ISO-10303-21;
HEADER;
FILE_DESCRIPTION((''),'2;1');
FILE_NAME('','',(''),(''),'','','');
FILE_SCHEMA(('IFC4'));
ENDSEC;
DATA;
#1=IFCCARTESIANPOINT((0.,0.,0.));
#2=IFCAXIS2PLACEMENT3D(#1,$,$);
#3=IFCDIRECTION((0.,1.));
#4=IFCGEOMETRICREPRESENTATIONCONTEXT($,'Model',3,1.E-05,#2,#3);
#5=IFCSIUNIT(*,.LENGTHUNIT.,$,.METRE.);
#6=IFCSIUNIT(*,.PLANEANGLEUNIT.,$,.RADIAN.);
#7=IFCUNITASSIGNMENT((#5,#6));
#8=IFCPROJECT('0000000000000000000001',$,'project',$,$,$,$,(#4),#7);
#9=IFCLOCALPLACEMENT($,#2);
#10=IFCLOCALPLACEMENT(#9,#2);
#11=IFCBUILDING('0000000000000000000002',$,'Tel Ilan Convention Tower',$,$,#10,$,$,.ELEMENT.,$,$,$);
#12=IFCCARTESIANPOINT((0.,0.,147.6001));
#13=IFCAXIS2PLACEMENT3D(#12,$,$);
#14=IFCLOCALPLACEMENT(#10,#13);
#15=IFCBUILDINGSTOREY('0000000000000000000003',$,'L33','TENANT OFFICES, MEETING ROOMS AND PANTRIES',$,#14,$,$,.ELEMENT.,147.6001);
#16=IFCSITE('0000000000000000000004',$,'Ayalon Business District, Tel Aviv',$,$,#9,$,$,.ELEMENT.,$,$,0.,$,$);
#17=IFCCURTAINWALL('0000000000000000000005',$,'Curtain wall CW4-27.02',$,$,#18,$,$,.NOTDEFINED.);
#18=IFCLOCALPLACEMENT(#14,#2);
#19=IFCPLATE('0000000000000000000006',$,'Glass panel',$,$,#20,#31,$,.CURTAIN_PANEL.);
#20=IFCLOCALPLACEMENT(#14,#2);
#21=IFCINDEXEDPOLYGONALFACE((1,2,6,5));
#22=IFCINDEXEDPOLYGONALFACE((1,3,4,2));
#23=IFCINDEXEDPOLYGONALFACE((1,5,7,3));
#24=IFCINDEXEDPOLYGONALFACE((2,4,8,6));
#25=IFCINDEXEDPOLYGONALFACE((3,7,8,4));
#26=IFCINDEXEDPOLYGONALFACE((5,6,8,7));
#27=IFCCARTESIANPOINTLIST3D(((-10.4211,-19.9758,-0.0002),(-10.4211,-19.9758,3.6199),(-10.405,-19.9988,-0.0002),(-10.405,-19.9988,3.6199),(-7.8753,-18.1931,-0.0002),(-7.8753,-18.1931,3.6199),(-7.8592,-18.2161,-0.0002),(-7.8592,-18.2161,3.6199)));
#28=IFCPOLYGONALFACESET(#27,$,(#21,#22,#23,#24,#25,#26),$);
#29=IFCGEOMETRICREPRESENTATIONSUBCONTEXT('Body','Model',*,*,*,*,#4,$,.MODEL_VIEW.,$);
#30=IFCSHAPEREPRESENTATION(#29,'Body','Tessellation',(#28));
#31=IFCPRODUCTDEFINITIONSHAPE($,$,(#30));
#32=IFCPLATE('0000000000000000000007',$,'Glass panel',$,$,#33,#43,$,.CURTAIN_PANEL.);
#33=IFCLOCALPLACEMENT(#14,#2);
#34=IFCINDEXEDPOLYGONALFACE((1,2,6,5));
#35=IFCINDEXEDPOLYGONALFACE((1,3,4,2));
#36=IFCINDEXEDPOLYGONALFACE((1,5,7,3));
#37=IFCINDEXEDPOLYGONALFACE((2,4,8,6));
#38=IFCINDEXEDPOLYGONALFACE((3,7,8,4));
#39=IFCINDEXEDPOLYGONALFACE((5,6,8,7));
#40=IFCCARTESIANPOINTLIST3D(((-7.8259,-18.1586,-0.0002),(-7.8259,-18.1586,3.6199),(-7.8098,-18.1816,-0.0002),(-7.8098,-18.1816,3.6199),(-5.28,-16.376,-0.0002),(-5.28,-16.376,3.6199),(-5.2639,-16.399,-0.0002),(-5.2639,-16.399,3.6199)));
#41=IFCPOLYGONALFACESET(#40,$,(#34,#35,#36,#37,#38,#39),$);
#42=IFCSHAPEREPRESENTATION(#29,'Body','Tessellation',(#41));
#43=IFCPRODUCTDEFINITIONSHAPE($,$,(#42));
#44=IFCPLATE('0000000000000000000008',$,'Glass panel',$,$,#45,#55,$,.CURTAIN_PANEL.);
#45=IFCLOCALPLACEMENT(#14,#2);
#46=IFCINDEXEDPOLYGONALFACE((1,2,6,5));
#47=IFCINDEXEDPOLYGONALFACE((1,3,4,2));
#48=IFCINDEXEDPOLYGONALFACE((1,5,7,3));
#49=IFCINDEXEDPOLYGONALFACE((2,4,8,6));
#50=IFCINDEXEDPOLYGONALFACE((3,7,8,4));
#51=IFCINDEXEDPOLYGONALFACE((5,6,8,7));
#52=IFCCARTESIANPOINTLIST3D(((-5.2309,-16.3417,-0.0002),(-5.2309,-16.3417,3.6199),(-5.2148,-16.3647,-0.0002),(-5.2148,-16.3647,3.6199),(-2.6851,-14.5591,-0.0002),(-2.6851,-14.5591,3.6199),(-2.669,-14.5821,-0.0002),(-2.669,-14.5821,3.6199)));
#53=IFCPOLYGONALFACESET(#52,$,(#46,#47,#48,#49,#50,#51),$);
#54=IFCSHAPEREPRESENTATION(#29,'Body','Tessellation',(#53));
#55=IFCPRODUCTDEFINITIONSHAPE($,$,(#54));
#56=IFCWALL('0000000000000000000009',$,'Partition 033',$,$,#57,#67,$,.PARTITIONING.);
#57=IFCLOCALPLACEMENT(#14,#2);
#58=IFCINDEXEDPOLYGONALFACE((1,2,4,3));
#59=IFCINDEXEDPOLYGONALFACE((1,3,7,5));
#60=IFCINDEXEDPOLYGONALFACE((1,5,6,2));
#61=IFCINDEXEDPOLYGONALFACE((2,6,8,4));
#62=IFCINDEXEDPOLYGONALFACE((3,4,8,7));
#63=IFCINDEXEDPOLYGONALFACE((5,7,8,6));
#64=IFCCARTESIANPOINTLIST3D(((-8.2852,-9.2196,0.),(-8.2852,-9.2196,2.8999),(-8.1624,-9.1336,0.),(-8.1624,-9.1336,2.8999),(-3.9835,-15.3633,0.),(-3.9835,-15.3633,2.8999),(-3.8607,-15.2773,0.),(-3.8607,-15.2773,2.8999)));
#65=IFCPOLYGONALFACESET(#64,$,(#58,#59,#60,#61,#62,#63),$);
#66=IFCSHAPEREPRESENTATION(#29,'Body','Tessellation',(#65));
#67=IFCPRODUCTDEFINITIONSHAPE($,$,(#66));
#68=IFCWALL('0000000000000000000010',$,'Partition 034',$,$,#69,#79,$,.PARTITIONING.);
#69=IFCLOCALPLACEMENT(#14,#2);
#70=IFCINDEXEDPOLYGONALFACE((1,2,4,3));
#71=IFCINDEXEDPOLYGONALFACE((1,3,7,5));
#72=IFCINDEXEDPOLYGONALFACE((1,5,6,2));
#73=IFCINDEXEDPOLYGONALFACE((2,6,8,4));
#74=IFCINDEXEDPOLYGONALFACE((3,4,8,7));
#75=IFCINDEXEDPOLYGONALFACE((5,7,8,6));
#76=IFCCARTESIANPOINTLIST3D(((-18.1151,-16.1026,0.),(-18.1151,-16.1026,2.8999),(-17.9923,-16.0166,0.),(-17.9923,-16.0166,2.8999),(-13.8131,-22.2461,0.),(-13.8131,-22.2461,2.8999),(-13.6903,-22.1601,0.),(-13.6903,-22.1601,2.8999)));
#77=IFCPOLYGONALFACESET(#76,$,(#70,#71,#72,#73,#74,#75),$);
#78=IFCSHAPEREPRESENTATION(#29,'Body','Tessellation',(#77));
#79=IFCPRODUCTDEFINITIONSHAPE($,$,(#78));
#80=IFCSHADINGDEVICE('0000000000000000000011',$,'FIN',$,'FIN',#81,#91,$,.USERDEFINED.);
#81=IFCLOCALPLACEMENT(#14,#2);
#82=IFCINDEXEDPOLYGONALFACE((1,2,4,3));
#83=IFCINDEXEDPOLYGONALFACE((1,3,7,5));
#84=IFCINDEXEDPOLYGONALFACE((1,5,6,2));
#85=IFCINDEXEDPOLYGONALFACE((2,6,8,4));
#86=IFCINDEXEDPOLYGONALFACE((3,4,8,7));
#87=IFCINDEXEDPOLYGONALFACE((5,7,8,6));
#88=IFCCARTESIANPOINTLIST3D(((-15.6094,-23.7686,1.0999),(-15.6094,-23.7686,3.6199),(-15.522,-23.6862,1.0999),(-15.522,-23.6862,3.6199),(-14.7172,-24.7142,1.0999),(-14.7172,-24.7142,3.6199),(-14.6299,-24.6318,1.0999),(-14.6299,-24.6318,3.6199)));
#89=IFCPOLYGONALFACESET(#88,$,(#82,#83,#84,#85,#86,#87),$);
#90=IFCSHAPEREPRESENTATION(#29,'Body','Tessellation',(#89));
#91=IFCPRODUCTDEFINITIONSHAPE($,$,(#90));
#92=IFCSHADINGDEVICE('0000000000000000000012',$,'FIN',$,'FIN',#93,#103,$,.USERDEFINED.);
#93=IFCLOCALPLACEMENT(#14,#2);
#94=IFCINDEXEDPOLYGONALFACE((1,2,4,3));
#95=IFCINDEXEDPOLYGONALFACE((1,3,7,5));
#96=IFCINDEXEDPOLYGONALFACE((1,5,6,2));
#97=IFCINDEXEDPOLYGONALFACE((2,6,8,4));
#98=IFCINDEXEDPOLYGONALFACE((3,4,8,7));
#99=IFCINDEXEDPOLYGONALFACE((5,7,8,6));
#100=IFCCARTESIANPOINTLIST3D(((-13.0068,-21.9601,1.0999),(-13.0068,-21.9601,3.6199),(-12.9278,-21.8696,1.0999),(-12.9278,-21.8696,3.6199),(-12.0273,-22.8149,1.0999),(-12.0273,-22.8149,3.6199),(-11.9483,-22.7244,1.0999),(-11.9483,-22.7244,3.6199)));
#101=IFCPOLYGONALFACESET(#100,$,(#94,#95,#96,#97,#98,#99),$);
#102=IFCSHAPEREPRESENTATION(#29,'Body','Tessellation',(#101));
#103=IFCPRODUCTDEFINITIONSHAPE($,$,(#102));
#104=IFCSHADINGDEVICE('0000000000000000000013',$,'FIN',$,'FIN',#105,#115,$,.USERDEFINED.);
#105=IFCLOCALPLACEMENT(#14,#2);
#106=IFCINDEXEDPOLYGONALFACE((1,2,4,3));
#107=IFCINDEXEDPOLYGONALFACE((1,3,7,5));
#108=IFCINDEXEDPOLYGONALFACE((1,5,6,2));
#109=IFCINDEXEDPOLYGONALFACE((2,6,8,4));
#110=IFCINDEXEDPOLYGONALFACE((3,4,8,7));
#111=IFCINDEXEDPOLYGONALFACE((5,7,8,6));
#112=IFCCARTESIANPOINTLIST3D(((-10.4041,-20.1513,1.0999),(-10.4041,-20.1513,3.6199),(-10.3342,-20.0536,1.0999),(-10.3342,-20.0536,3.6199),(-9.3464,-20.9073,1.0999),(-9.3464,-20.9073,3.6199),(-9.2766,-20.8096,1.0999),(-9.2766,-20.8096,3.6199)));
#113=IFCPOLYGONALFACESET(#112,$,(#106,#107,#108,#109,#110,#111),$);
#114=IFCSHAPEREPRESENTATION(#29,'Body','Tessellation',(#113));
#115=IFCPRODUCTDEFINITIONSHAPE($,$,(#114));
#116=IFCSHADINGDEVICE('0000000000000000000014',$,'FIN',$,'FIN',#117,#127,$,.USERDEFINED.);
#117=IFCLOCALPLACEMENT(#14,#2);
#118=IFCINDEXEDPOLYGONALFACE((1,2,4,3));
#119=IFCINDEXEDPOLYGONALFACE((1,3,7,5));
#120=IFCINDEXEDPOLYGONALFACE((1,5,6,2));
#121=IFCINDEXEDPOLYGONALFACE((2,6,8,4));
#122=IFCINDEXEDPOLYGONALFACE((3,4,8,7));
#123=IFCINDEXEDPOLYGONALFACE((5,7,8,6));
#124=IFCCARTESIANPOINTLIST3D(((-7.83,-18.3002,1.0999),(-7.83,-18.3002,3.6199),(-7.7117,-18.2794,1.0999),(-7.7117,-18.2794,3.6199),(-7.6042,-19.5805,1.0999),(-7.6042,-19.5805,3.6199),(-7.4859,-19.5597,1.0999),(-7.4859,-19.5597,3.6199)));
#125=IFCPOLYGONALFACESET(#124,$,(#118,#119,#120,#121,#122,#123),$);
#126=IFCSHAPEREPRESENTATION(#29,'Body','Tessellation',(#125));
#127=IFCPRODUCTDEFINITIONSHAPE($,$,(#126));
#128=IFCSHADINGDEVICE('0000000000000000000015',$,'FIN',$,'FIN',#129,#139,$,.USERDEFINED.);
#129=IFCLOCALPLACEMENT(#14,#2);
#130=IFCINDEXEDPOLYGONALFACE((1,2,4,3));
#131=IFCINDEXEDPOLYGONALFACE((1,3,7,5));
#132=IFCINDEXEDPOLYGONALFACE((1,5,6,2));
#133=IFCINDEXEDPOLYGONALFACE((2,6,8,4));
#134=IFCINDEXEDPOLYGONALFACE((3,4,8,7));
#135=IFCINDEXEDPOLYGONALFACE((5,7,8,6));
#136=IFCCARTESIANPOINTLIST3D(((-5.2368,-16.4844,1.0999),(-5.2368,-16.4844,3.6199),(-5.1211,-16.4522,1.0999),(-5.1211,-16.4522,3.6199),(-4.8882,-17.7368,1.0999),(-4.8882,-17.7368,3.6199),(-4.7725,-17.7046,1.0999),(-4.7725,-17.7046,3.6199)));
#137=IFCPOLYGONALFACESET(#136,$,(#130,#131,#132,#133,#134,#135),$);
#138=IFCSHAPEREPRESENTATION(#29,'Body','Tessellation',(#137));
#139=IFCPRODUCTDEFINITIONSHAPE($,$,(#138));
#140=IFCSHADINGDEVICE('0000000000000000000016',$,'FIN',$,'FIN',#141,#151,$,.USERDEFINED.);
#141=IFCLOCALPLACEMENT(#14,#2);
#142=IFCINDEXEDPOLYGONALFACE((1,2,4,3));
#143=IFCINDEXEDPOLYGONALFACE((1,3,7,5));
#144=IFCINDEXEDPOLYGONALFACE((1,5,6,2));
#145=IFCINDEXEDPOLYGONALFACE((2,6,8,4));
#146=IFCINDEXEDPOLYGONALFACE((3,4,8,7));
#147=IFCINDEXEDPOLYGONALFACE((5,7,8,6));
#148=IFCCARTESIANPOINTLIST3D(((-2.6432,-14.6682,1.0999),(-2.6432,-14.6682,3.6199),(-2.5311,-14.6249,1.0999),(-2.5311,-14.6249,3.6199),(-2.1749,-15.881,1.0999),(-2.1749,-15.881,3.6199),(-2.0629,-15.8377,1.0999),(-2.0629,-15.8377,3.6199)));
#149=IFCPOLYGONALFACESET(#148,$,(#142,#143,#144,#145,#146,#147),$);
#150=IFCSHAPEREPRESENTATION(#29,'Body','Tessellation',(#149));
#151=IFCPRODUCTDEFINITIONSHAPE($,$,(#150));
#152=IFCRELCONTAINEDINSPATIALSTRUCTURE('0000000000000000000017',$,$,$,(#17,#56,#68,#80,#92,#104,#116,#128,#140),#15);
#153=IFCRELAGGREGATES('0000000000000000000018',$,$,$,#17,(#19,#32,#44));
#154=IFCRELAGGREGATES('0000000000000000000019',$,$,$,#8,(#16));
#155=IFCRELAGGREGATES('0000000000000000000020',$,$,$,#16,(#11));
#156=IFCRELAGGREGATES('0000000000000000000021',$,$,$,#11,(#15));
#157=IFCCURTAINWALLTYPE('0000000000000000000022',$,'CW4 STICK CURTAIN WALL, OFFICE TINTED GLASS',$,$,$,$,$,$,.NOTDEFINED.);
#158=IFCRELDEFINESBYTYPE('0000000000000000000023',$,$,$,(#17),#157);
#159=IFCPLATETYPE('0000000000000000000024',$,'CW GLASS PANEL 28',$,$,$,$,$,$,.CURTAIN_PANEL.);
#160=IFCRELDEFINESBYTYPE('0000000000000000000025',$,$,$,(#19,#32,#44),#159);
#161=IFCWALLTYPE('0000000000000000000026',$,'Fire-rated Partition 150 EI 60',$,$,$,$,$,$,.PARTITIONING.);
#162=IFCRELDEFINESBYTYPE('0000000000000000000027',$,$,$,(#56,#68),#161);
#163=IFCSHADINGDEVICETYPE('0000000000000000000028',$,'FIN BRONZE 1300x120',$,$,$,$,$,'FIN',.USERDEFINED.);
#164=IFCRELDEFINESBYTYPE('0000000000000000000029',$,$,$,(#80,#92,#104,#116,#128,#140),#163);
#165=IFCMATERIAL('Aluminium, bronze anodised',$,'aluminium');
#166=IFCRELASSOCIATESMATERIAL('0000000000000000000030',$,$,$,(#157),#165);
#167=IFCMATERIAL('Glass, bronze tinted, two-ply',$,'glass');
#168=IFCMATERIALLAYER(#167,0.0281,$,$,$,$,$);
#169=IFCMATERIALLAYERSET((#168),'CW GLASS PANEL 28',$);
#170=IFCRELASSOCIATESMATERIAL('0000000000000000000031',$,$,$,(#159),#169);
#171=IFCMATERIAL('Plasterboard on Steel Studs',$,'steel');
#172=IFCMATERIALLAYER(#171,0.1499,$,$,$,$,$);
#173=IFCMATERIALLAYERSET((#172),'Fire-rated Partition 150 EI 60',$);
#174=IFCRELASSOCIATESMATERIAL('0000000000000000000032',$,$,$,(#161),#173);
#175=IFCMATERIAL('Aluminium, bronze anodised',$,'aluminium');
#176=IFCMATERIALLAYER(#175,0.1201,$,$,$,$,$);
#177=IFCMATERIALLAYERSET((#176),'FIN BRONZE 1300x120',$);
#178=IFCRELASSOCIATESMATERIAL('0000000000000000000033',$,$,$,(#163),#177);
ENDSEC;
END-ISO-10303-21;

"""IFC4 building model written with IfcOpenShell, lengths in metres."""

from ifc_helpers import new_model, si_unit, direction, frame, frame_2d, origin, origin_2d, place, context, subcontext, project, spatial, rectangle, extrude, material, layer, layer_set, type_object, element, aggregate, save


model = new_model("IFC4")

# Units and contexts
model_context = context("Model", 3, precision=1e-05, world=origin(), true_north=direction((0.0, 1.0)))
body_context = subcontext(model_context, "Body", "Model", "MODEL_VIEW")
ifc_project = project(units=[si_unit("LENGTHUNIT", "METRE"), si_unit("PLANEANGLEUNIT", "RADIAN")], contexts=[model_context])

# Site, building, storey
site_placement = place(None, origin())
site = spatial("IfcSite", under=ifc_project, at=site_placement, Name="Ayalon Business District, Tel Aviv", CompositionType="ELEMENT", RefElevation=0.0)
building_placement = place(site_placement, origin())
building = spatial("IfcBuilding", under=site, at=building_placement, Name="Tel Ilan Convention Tower", CompositionType="ELEMENT")
storey_placement = place(building_placement, frame((0.0, 0.0, 147.6001)))
storey = spatial("IfcBuildingStorey", under=building, at=storey_placement, Name="L33", Description="TENANT OFFICES, MEETING ROOMS AND PANTRIES", CompositionType="ELEMENT", Elevation=147.6001)

# Curtain wall, plates
ifc_material_1 = material(Name="Aluminium, bronze anodised", Category="aluminium")
curtain_wall_type = type_object("IfcCurtainWallType", Name="CW4 STICK CURTAIN WALL, OFFICE TINTED GLASS", PredefinedType="NOTDEFINED", material=ifc_material_1)
curtain_wall_placement = place(storey_placement, origin())
curtain_wall = element("IfcCurtainWall", 1, at=curtain_wall_placement, inside=storey, type_object=curtain_wall_type, Name="Curtain wall CW4-27.02", PredefinedType="NOTDEFINED")
ifc_material_2 = material(Name="Glass, bronze tinted, two-ply", Category="glass")
ifc_layer_1 = layer(ifc_material_2, 0.0281)
ifc_layer_set_1 = layer_set([ifc_layer_1], Name="CW GLASS PANEL 28")
plate_type = type_object("IfcPlateType", Name="CW GLASS PANEL 28", PredefinedType="CURTAIN_PANEL", material=ifc_layer_set_1)
plate_1_placement = place(storey_placement, frame((-9.1401, -19.0959, -0.0002), z_axis=(0.0, 0.0, 1.0), x_axis=(0.819152, 0.573576, 0.0)))
plate_1 = element("IfcPlate", 2, at=plate_1_placement, type_object=plate_type, Name="Glass panel", PredefinedType="CURTAIN_PANEL", context=body_context, shape_type="SweptSolid", body=[
    extrude(rectangle(XDim=3.1079, YDim=0.0281, at=origin_2d()), origin(), (0.0, 0.0, 1.0), 3.6201),
])
plate_2_placement = place(storey_placement, frame((-6.5449, -17.2788, -0.0002), z_axis=(0.0, 0.0, 1.0), x_axis=(0.819152, 0.573576, 0.0)))
plate_2 = element("IfcPlate", 3, at=plate_2_placement, type_object=plate_type, Name="Glass panel", PredefinedType="CURTAIN_PANEL", context=body_context, shape_type="SweptSolid", body=[
    extrude(rectangle(XDim=3.1079, YDim=0.0281, at=origin_2d()), origin(), (0.0, 0.0, 1.0), 3.6201),
])
plate_3_placement = place(storey_placement, frame((-3.95, -15.4619, -0.0002), z_axis=(0.0, 0.0, 1.0), x_axis=(0.819152, 0.573576, 0.0)))
plate_3 = element("IfcPlate", 4, at=plate_3_placement, type_object=plate_type, Name="Glass panel", PredefinedType="CURTAIN_PANEL", context=body_context, shape_type="SweptSolid", body=[
    extrude(rectangle(XDim=3.1079, YDim=0.0281, at=origin_2d()), origin(), (0.0, 0.0, 1.0), 3.6201),
])
aggregate(curtain_wall, [plate_1, plate_2, plate_3])

# Walls
ifc_material_3 = material(Name="Plasterboard on Steel Studs", Category="steel")
ifc_layer_2 = layer(ifc_material_3, 0.1499)
ifc_layer_set_2 = layer_set([ifc_layer_2], Name="Fire-rated Partition 150 EI 60")
wall_type = type_object("IfcWallType", Name="Fire-rated Partition 150 EI 60", PredefinedType="PARTITIONING", material=ifc_layer_set_2)
for number, where, z_axis, x_axis, name in (
    (5, (-3.9221, -15.3203, 0.0), (0.0, 0.0, 1.0), (-0.573561, 0.819163, 0.0), "Partition 033"),
    (6, (-13.7517, -22.2031, 0.0), (0.0, 0.0, 1.0), (-0.573598, 0.819137, 0.0), "Partition 034"),
):
    element("IfcWall", number, at=place(storey_placement, frame(where, z_axis=z_axis, x_axis=x_axis)), inside=storey, type_object=wall_type, Name=name, PredefinedType="PARTITIONING", context=body_context, shape_type="SweptSolid", body=[
        extrude(rectangle(XDim=7.5, YDim=0.1499, at=frame_2d((3.75, 0.0))), origin(), (0.0, 0.0, 1.0), 2.8999),
    ])

# Shading devices
ifc_material_4 = material(Name="Aluminium, bronze anodised", Category="aluminium")
ifc_layer_3 = layer(ifc_material_4, 0.1201)
ifc_layer_set_3 = layer_set([ifc_layer_3], Name="FIN BRONZE 1300x120")
shading_device_type = type_object("IfcShadingDeviceType", Name="FIN BRONZE 1300x120", ElementType="FIN", PredefinedType="USERDEFINED", material=ifc_layer_set_3)
for number, where, z_axis, x_axis, name in (
    (7, (-15.1196, -24.2002, 1.0999), (0.0, 0.0, 1.0), (0.686242, -0.727374, 0.0), "FIN"),
    (8, (-12.4775, -22.3423, 1.0999), (0.0, 0.0, 1.0), (0.753436, -0.657521, 0.0), "FIN"),
    (9, (-9.8403, -20.4805, 1.0999), (0.0, 0.0, 1.0), (0.813552, -0.581492, 0.0), "FIN"),
    (10, (-7.658, -18.9299, 1.0999), (0.0, 0.0, 1.0), (0.173648, -0.984808, 0.0), "FIN"),
    (11, (-5.0046, -17.0945, 1.0999), (0.0, 0.0, 1.0), (0.268173, -0.963371, 0.0), "FIN"),
    (12, (-2.353, -15.2529, 1.0999), (0.0, 0.0, 1.0), (0.360178, -0.932884, 0.0), "FIN"),
):
    element("IfcShadingDevice", number, at=place(storey_placement, frame(where, z_axis=z_axis, x_axis=x_axis)), inside=storey, type_object=shading_device_type, Name=name, ObjectType="FIN", PredefinedType="USERDEFINED", context=body_context, shape_type="SweptSolid", body=[
        extrude(rectangle(XDim=1.3, YDim=0.1201, at=origin_2d()), origin(), (0.0, 0.0, 1.0), 2.52),
    ])

save(model, "model.ifc")
